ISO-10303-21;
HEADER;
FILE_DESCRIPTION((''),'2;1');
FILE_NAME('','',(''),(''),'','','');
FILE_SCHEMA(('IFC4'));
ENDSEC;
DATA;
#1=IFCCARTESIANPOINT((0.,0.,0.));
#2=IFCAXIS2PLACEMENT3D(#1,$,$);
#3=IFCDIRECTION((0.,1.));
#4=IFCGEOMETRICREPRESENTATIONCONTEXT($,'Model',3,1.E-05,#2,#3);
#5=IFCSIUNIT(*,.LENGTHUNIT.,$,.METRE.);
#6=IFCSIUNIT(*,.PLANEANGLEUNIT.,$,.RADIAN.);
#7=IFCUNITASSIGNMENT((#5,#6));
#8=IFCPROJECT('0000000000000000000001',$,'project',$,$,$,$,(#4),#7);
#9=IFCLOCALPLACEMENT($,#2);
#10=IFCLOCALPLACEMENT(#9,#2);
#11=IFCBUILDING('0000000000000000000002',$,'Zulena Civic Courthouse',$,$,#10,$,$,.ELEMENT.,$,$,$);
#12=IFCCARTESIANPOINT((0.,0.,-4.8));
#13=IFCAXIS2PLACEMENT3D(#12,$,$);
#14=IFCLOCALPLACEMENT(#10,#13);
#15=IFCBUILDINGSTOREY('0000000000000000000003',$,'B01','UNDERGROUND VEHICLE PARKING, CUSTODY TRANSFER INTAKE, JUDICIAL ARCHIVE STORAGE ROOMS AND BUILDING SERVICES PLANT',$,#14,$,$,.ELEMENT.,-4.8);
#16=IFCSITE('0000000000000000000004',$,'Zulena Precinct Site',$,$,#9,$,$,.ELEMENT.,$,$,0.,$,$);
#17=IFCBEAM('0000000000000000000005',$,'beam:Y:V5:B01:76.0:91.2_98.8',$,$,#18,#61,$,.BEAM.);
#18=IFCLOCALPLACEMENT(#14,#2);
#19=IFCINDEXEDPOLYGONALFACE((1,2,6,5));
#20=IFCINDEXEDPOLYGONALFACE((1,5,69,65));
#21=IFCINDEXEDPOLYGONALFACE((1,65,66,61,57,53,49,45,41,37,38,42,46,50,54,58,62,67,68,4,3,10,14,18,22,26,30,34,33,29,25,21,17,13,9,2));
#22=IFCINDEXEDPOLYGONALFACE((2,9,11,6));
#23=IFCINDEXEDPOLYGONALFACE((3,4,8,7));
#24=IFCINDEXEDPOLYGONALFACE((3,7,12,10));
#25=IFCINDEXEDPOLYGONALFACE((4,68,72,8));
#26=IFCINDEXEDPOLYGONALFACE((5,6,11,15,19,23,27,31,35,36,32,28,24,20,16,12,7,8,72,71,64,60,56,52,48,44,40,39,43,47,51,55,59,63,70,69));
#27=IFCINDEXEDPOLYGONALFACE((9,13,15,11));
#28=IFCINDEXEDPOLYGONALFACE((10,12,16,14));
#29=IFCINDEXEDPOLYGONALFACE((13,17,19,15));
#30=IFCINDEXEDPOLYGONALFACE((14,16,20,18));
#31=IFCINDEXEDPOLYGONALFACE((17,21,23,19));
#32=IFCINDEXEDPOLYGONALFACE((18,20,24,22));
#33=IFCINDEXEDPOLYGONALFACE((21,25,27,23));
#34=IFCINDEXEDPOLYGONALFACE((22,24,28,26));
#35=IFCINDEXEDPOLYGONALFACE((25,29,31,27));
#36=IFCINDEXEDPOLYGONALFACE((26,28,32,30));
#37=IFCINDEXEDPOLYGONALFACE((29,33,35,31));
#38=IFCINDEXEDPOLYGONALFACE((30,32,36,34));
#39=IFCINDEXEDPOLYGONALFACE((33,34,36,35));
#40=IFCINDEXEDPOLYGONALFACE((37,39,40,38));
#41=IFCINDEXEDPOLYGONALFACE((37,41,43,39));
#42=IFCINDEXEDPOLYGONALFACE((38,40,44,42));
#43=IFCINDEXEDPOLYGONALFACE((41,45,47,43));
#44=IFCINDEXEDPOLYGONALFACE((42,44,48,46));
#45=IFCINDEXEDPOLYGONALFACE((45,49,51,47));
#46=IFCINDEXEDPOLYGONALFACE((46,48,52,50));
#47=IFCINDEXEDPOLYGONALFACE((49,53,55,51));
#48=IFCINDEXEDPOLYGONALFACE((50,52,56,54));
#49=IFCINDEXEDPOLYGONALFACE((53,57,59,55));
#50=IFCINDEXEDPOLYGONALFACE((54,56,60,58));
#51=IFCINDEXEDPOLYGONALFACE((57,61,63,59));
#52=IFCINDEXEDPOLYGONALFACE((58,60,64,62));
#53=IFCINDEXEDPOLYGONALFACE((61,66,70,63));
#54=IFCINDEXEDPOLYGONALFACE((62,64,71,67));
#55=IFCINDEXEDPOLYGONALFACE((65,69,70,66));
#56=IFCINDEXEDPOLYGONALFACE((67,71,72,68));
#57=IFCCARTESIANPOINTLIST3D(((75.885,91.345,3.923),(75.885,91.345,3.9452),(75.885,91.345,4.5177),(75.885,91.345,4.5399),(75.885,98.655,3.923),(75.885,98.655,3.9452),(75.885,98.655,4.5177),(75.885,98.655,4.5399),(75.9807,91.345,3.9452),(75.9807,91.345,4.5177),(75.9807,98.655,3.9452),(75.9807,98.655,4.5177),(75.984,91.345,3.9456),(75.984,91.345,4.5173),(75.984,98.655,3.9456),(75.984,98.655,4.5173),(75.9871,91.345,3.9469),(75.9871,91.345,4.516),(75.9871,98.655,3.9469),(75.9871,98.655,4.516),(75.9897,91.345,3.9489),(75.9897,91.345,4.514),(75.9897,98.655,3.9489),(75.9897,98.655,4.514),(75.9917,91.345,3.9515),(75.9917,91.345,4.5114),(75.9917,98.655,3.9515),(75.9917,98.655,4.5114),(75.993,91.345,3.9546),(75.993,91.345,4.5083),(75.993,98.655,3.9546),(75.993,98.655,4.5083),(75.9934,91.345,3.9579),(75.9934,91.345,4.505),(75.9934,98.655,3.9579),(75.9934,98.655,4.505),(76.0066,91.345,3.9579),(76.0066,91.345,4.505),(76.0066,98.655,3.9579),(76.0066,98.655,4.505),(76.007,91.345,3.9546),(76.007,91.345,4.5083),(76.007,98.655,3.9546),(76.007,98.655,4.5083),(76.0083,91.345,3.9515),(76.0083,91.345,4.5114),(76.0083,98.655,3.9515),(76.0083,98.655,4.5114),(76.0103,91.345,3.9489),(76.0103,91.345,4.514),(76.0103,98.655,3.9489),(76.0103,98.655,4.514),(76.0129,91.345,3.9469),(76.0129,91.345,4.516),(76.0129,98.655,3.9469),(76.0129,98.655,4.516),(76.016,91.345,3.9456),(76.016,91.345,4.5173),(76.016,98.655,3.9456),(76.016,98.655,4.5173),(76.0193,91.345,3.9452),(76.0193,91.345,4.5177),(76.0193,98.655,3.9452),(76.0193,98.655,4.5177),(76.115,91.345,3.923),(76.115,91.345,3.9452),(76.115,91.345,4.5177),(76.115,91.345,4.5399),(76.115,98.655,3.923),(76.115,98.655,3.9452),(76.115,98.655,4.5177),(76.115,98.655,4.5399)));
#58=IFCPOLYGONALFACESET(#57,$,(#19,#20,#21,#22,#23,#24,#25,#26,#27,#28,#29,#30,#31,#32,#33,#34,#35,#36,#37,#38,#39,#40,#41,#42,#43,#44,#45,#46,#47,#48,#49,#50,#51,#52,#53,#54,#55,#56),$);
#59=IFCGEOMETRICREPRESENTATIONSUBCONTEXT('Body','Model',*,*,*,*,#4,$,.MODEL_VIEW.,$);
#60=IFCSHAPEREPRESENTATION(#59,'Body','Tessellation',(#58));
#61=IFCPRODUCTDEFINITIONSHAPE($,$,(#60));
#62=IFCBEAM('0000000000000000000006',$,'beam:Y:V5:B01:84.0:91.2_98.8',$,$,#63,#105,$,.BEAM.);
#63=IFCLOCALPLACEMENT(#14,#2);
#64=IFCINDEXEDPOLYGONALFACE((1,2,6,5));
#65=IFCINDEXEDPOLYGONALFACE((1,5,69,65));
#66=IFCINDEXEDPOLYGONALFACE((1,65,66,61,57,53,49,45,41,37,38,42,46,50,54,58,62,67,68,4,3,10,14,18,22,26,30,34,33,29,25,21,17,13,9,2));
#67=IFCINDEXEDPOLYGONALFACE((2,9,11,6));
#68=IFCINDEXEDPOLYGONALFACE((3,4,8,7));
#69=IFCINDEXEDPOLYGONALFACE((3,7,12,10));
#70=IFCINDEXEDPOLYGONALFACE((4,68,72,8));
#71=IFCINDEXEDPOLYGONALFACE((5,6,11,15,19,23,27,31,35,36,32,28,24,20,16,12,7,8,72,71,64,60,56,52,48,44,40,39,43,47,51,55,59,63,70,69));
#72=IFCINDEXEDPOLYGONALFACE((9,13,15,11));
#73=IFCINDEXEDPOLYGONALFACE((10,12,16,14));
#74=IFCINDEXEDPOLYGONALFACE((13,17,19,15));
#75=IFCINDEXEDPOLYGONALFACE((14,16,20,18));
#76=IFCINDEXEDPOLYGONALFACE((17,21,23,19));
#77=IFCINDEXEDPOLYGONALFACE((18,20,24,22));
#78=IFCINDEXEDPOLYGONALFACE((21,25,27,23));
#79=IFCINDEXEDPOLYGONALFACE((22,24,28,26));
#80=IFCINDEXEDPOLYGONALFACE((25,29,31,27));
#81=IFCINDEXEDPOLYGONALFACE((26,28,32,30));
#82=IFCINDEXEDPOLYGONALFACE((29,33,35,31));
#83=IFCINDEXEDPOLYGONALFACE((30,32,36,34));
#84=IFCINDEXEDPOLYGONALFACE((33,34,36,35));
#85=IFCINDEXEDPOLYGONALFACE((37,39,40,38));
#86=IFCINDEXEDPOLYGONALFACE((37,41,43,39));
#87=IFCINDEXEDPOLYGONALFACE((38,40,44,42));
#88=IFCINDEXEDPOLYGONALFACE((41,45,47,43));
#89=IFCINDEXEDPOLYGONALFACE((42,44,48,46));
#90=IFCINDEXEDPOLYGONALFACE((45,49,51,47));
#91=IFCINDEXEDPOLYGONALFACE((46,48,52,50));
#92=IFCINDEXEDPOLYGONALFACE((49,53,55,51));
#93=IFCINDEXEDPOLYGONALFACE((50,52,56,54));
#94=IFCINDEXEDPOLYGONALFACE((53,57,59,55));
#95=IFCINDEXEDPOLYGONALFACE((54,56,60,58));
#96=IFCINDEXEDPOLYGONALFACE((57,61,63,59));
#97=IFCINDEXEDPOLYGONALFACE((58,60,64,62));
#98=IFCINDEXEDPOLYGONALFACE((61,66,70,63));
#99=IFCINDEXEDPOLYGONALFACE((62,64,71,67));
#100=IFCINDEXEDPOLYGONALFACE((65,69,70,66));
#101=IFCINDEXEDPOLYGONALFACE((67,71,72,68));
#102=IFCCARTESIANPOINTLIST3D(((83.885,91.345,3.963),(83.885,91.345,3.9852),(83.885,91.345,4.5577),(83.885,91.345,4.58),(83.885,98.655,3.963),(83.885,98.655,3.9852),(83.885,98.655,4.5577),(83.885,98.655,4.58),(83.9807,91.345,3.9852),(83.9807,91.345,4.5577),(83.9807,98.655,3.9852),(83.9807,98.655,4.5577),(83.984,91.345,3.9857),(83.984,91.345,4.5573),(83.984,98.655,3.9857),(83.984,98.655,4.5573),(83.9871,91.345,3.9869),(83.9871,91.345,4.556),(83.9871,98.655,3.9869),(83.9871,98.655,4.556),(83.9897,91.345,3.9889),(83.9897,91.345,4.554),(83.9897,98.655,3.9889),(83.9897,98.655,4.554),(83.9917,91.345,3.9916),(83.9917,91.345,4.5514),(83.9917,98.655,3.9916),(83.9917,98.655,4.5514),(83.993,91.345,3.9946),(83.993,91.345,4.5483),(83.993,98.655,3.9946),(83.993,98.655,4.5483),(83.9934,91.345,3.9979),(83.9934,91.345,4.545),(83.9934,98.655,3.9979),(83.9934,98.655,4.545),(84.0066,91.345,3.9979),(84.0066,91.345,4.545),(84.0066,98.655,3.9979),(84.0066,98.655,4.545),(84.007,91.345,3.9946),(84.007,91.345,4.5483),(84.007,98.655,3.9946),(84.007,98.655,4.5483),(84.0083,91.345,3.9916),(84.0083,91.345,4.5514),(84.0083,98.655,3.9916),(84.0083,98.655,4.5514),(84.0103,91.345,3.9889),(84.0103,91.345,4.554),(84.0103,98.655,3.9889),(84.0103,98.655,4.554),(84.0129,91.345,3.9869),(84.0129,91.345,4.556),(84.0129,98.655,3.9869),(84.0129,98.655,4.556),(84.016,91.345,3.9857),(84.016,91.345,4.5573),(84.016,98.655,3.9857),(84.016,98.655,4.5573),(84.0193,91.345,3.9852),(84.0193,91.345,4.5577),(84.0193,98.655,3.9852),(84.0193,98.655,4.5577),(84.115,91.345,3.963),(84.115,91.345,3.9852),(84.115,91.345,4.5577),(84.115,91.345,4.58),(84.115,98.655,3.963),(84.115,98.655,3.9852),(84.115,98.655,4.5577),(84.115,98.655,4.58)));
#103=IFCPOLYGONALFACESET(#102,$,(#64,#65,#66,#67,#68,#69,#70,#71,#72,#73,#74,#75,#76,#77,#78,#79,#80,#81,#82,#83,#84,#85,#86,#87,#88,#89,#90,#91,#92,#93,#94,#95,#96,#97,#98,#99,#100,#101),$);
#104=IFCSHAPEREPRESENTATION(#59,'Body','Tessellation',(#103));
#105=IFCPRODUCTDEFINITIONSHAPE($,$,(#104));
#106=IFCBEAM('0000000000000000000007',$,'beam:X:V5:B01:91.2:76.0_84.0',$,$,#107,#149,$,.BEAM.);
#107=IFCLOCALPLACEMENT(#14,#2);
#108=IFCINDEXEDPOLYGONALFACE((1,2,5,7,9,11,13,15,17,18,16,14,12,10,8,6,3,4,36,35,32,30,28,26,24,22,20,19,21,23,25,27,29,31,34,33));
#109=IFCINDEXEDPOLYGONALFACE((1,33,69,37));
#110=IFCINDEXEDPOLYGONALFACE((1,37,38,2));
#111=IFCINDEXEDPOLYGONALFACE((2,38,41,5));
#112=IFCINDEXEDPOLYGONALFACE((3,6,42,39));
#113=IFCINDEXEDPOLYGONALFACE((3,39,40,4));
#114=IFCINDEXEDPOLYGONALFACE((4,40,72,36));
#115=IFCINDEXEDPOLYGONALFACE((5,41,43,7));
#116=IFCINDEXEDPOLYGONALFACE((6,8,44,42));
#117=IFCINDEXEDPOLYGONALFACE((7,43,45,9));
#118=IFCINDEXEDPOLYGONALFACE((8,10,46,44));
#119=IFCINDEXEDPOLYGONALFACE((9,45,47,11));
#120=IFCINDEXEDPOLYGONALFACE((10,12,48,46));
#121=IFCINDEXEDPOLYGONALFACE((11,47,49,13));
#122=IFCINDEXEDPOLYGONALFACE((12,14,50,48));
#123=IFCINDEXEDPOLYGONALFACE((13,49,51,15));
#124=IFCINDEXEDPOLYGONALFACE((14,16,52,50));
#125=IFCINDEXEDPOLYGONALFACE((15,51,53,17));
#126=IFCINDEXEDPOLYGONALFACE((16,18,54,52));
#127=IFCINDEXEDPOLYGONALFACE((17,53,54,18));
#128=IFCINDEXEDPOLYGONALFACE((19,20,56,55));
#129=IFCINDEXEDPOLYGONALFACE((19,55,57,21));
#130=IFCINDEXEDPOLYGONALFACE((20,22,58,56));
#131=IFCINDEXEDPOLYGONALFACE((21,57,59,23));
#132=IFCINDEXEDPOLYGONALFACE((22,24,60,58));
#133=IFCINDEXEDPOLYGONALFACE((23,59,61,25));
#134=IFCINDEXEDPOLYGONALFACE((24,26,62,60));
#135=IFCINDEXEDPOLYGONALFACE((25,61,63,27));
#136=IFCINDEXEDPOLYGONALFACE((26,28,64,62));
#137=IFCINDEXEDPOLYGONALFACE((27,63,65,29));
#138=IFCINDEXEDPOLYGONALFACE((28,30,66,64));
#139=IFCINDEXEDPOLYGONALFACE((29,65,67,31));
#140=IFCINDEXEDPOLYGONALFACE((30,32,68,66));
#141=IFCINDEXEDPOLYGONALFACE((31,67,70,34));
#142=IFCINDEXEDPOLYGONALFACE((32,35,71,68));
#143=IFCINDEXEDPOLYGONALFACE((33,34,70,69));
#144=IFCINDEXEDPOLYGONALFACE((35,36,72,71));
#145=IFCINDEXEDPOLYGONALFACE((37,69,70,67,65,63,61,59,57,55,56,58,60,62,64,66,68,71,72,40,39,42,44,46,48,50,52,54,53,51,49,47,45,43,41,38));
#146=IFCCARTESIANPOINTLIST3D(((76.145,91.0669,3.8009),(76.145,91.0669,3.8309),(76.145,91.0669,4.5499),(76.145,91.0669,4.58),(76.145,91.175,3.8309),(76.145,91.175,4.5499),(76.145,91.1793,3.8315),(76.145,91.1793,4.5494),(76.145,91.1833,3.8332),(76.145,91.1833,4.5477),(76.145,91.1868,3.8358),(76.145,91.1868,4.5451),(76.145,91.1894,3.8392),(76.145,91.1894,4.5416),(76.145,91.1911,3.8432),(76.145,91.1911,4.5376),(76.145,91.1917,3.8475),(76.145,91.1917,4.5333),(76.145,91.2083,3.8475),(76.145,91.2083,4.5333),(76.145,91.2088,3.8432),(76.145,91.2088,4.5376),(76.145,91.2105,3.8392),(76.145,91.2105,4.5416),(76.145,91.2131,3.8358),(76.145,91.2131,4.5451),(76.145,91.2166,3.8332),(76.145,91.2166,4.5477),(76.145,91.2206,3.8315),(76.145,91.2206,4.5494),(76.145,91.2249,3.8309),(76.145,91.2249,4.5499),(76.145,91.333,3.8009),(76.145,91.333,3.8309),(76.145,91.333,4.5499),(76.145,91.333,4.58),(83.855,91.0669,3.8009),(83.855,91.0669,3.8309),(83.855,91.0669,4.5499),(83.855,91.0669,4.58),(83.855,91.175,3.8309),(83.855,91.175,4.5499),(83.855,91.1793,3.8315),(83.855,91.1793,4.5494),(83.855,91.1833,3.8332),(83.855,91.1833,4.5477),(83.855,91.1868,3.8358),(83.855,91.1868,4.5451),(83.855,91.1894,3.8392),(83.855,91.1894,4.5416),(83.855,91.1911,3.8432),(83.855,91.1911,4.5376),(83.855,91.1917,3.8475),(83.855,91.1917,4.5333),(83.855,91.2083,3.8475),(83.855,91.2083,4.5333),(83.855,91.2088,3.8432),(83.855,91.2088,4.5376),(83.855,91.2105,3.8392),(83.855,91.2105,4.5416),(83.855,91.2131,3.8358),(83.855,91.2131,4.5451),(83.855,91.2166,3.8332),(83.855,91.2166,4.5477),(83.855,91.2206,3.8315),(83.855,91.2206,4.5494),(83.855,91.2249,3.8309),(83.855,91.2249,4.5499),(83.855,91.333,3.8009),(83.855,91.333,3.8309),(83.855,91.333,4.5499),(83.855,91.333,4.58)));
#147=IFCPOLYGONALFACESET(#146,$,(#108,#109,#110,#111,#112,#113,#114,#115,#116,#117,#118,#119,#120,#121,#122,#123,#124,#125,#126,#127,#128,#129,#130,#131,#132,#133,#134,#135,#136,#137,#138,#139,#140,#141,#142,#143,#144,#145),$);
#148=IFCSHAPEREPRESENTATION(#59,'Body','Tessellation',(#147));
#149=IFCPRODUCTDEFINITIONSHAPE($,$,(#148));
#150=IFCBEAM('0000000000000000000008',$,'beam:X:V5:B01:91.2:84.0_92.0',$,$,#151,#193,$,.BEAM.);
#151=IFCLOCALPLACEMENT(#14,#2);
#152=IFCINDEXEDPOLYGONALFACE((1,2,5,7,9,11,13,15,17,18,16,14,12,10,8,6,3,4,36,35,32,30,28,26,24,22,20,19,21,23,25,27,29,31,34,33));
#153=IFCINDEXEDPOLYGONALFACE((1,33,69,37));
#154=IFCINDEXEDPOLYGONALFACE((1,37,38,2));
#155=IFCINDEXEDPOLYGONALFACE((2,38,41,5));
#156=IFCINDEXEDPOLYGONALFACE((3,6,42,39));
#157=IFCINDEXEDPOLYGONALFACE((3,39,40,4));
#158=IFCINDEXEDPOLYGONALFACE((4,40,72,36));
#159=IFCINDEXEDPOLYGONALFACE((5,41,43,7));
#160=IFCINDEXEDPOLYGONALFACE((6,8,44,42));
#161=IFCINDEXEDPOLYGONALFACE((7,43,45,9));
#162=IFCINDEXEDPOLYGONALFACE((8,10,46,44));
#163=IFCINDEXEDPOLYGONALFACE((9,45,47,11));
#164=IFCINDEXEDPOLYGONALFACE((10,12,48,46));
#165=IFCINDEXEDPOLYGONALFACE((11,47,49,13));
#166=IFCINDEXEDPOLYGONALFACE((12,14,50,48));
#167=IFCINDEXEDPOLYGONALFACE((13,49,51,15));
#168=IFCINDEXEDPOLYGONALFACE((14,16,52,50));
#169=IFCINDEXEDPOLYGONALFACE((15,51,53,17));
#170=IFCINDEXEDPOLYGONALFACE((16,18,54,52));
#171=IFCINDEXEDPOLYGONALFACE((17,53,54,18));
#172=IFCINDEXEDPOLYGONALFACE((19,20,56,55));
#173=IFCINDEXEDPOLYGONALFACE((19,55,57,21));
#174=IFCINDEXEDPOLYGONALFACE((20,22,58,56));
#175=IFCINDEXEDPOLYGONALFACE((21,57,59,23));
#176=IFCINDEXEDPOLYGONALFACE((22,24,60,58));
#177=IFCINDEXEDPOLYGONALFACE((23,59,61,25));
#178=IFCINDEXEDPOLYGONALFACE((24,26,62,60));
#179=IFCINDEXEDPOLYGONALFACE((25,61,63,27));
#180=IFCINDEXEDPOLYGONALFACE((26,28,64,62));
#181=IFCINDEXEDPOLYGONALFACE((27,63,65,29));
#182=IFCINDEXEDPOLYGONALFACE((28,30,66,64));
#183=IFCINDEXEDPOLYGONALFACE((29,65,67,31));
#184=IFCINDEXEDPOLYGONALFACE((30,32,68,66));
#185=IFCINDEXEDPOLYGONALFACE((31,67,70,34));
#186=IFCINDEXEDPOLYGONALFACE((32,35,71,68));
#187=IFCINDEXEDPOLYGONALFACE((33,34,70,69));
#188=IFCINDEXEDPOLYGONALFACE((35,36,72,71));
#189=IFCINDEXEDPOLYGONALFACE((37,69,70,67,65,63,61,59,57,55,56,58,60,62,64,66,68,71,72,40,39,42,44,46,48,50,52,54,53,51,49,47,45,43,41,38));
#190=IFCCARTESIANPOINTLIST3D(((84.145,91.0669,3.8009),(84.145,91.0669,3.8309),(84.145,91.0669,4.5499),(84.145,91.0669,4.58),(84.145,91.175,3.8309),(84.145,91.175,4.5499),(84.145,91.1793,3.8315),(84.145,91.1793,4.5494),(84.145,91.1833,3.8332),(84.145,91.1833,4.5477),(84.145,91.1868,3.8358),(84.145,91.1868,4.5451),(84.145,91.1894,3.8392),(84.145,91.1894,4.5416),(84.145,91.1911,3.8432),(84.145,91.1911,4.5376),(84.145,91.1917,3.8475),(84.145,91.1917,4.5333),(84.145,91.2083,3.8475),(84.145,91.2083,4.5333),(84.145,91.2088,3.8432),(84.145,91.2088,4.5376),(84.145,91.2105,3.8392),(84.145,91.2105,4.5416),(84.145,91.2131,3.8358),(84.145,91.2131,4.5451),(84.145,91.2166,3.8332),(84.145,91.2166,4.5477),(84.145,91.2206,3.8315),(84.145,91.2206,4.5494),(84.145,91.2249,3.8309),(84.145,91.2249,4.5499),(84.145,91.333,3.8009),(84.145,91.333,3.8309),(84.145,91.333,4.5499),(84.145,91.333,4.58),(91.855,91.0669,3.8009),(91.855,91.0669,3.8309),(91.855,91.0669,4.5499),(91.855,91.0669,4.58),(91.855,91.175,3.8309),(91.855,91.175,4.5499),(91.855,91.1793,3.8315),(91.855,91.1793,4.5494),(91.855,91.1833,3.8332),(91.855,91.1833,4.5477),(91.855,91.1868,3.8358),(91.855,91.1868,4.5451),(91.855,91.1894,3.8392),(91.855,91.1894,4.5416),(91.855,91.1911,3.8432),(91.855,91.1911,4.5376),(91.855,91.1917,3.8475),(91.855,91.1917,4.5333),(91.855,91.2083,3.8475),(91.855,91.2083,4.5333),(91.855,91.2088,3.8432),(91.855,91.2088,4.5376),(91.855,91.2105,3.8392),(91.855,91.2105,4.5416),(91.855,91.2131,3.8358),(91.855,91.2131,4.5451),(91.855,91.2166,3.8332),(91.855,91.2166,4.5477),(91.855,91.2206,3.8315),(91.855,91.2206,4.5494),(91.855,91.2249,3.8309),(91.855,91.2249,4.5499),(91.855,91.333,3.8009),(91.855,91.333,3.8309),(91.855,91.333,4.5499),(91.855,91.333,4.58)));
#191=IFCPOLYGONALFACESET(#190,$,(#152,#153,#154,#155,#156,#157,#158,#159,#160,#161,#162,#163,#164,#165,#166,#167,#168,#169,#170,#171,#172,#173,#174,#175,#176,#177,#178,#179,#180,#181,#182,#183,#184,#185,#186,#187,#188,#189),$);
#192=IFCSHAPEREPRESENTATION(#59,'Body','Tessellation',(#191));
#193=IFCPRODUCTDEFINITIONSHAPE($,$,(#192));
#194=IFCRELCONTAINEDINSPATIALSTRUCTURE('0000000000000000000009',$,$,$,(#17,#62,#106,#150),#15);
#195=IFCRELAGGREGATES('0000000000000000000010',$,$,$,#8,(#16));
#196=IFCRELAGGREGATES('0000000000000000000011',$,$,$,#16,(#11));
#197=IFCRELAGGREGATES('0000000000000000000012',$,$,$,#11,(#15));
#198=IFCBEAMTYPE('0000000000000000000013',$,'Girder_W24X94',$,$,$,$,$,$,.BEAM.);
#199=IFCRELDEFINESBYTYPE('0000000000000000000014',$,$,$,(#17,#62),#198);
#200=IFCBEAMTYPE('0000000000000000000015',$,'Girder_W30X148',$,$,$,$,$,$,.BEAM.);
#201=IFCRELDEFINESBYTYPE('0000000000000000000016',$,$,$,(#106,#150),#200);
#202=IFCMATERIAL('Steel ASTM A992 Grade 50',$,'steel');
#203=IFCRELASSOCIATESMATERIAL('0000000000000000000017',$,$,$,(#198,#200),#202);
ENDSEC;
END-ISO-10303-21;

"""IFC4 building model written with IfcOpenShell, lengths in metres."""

from ifc_helpers import new_model, si_unit, direction, frame, origin, origin_2d, place, context, subcontext, project, spatial, i_section, extrude, material, material_profile, profile_set, type_object, element, save


model = new_model("IFC4")

# Units and contexts
model_context = context("Model", 3, precision=1e-05, world=origin(), true_north=direction((0.0, 1.0)))
body_context = subcontext(model_context, "Body", "Model", "MODEL_VIEW")
ifc_project = project(units=[si_unit("LENGTHUNIT", "METRE"), si_unit("PLANEANGLEUNIT", "RADIAN")], contexts=[model_context])

# Site, building, storey
site_placement = place(None, origin())
site = spatial("IfcSite", under=ifc_project, at=site_placement, Name="Zulena Precinct Site", CompositionType="ELEMENT", RefElevation=0.0)
building_placement = place(site_placement, origin())
building = spatial("IfcBuilding", under=site, at=building_placement, Name="Zulena Civic Courthouse", CompositionType="ELEMENT")
storey_placement = place(building_placement, frame((0.0, 0.0, -4.8)))
storey = spatial("IfcBuildingStorey", under=building, at=storey_placement, Name="B01", Description="UNDERGROUND VEHICLE PARKING, CUSTODY TRANSFER INTAKE, JUDICIAL ARCHIVE STORAGE ROOMS AND BUILDING SERVICES PLANT", CompositionType="ELEMENT", Elevation=-4.8)

# Shared definitions
ifc_material_1 = material(Name="Steel ASTM A992 Grade 50", Category="steel")

# Beams
ifc_material_profile_1 = material_profile(ifc_material_1, i_section(OverallWidth=0.23, OverallDepth=0.6169, WebThickness=0.0132, FlangeThickness=0.0222, FilletRadius=0.0127, at=origin_2d()), Name="W24X94")
ifc_profile_set_1 = profile_set([ifc_material_profile_1], Name="Steel ASTM A992 Grade 50")
beam_type_1 = type_object("IfcBeamType", Name="Girder_W24X94", PredefinedType="BEAM", material=ifc_profile_set_1)
for number, where, z_axis, x_axis, name in (
    (1, (76.0, 91.345, 4.2314), (0.0, 1.0, 0.0), (-1.0, 0.0, 0.0), "beam:Y:V5:B01:76.0:91.2_98.8"),
    (2, (84.0, 91.345, 4.2715), (0.0, 1.0, 0.0), (-1.0, 0.0, 0.0), "beam:Y:V5:B01:84.0:91.2_98.8"),
):
    element("IfcBeam", number, at=place(storey_placement, frame(where, z_axis=z_axis, x_axis=x_axis)), inside=storey, type_object=beam_type_1, Name=name, PredefinedType="BEAM", context=body_context, shape_type="SweptSolid", body=[
        extrude(i_section(OverallWidth=0.23, OverallDepth=0.6169, WebThickness=0.0132, FlangeThickness=0.0222, FilletRadius=0.0127, at=origin_2d()), origin(), (0.0, 0.0, 1.0), 7.3101),
    ])
ifc_material_profile_2 = material_profile(ifc_material_1, i_section(OverallWidth=0.2661, OverallDepth=0.7791, WebThickness=0.0166, FlangeThickness=0.03, FilletRadius=0.0166, at=origin_2d()), Name="W30X148")
ifc_profile_set_2 = profile_set([ifc_material_profile_2], Name="Steel ASTM A992 Grade 50")
beam_type_2 = type_object("IfcBeamType", Name="Girder_W30X148", PredefinedType="BEAM", material=ifc_profile_set_2)
for number, where, z_axis, x_axis, name in (
    (3, (76.145, 91.2, 4.1904), (1.0, 0.0, 0.0), (0.0, 1.0, 0.0), "beam:X:V5:B01:91.2:76.0_84.0"),
    (4, (84.145, 91.2, 4.1904), (1.0, 0.0, 0.0), (0.0, 1.0, 0.0), "beam:X:V5:B01:91.2:84.0_92.0"),
):
    element("IfcBeam", number, at=place(storey_placement, frame(where, z_axis=z_axis, x_axis=x_axis)), inside=storey, type_object=beam_type_2, Name=name, PredefinedType="BEAM", context=body_context, shape_type="SweptSolid", body=[
        extrude(i_section(OverallWidth=0.2661, OverallDepth=0.7791, WebThickness=0.0166, FlangeThickness=0.03, FilletRadius=0.0166, at=origin_2d()), origin(), (0.0, 0.0, 1.0), 7.71),
    ])

save(model, "model.ifc")
